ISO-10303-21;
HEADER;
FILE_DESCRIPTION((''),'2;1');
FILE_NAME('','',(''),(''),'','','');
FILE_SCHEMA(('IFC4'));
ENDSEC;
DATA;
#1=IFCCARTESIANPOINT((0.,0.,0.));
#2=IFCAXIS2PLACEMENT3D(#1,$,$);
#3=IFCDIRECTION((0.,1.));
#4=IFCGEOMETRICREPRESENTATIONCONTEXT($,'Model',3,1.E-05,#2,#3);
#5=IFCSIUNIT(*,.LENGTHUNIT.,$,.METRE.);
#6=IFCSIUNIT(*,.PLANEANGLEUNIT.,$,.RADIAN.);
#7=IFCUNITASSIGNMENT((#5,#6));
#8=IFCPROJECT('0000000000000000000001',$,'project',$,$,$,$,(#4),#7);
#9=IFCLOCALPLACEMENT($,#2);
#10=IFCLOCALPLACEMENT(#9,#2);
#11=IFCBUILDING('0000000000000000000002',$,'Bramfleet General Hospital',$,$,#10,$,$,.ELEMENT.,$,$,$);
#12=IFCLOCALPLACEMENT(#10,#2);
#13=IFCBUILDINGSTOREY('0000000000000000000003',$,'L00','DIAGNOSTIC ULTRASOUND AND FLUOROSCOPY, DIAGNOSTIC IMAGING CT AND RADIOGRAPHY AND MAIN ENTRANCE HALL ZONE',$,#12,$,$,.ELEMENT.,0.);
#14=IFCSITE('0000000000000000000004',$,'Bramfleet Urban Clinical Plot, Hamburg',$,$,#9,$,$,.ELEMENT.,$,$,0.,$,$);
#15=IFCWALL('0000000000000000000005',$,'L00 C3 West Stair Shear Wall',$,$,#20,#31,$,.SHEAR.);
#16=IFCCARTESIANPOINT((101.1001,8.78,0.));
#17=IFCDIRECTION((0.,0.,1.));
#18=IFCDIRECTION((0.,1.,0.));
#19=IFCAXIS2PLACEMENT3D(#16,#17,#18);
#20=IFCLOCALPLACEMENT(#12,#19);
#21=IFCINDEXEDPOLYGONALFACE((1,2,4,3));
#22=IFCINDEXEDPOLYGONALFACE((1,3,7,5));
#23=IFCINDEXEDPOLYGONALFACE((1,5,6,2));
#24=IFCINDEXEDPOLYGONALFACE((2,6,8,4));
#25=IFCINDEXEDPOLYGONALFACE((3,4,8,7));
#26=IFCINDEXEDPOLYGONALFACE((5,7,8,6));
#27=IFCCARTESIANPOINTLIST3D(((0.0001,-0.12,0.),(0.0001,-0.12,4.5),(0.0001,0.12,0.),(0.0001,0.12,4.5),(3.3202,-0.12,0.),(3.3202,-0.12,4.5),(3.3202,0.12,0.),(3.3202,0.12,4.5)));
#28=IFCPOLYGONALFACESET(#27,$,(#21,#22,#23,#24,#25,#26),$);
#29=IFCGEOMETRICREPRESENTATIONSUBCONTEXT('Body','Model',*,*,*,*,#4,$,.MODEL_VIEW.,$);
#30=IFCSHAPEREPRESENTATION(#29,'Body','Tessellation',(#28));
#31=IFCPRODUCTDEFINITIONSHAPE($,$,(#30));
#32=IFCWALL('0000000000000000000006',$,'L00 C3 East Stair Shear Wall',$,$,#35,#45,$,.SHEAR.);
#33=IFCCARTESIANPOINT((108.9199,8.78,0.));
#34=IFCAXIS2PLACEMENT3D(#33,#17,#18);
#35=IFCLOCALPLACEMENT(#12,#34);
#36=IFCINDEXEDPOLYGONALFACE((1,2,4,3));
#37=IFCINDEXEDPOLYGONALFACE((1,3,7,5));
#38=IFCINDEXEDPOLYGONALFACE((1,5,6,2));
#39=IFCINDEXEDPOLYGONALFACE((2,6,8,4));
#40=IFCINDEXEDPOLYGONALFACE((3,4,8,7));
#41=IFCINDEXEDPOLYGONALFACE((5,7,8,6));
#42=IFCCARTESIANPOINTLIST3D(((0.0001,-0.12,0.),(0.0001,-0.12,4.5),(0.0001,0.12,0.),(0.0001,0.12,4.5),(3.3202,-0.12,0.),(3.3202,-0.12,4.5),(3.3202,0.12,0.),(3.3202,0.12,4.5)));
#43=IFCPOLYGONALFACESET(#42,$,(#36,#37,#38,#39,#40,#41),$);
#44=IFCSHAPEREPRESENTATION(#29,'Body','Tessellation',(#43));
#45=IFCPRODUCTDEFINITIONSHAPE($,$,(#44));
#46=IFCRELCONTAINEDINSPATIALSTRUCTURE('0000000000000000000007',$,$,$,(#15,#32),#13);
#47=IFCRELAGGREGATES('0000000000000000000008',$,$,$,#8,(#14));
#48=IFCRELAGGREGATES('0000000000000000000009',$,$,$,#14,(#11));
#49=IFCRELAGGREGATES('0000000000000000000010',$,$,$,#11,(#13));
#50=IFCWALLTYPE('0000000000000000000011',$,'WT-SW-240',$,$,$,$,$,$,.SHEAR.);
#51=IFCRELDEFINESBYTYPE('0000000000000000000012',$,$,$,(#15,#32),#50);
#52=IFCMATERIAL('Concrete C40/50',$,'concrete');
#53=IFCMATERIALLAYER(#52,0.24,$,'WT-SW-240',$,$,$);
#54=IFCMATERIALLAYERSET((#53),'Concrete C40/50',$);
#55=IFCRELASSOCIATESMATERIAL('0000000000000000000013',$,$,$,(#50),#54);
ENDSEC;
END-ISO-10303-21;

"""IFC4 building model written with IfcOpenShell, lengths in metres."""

from ifc_helpers import new_model, si_unit, direction, frame, frame_2d, origin, place, context, subcontext, project, spatial, rectangle, extrude, material, layer, layer_set, type_object, element, save


model = new_model("IFC4")

# Units and contexts
model_context = context("Model", 3, precision=1e-05, world=origin(), true_north=direction((0.0, 1.0)))
body_context = subcontext(model_context, "Body", "Model", "MODEL_VIEW")
ifc_project = project(units=[si_unit("LENGTHUNIT", "METRE"), si_unit("PLANEANGLEUNIT", "RADIAN")], contexts=[model_context])

# Site, building, storey
site_placement = place(None, origin())
site = spatial("IfcSite", under=ifc_project, at=site_placement, Name="Bramfleet Urban Clinical Plot, Hamburg", CompositionType="ELEMENT", RefElevation=0.0)
building_placement = place(site_placement, origin())
building = spatial("IfcBuilding", under=site, at=building_placement, Name="Bramfleet General Hospital", CompositionType="ELEMENT")
storey_placement = place(building_placement, origin())
storey = spatial("IfcBuildingStorey", under=building, at=storey_placement, Name="L00", Description="DIAGNOSTIC ULTRASOUND AND FLUOROSCOPY, DIAGNOSTIC IMAGING CT AND RADIOGRAPHY AND MAIN ENTRANCE HALL ZONE", CompositionType="ELEMENT", Elevation=0.0)

# Shared definitions
ifc_material_1 = material(Name="Concrete C40/50", Category="concrete")

# Walls
ifc_layer_1 = layer(ifc_material_1, 0.24, Name="WT-SW-240")
ifc_layer_set_1 = layer_set([ifc_layer_1], Name="Concrete C40/50")
wall_type_1 = type_object("IfcWallType", Name="WT-SW-240", PredefinedType="SHEAR", material=ifc_layer_set_1)
for number, where, z_axis, x_axis, name in (
    (1, (101.1001, 8.78, 0.0), (0.0, 0.0, 1.0), (0.0, 1.0, 0.0), "L00 C3 West Stair Shear Wall"),
    (2, (108.9199, 8.78, 0.0), (0.0, 0.0, 1.0), (0.0, 1.0, 0.0), "L00 C3 East Stair Shear Wall"),
):
    element("IfcWall", number, at=place(storey_placement, frame(where, z_axis=z_axis, x_axis=x_axis)), inside=storey, type_object=wall_type_1, Name=name, PredefinedType="SHEAR", context=body_context, shape_type="SweptSolid", body=[
        extrude(rectangle(XDim=3.3201, YDim=0.24, at=frame_2d((1.6602, 0.0))), origin(), (0.0, 0.0, 1.0), 4.5),
    ])

save(model, "model.ifc")
